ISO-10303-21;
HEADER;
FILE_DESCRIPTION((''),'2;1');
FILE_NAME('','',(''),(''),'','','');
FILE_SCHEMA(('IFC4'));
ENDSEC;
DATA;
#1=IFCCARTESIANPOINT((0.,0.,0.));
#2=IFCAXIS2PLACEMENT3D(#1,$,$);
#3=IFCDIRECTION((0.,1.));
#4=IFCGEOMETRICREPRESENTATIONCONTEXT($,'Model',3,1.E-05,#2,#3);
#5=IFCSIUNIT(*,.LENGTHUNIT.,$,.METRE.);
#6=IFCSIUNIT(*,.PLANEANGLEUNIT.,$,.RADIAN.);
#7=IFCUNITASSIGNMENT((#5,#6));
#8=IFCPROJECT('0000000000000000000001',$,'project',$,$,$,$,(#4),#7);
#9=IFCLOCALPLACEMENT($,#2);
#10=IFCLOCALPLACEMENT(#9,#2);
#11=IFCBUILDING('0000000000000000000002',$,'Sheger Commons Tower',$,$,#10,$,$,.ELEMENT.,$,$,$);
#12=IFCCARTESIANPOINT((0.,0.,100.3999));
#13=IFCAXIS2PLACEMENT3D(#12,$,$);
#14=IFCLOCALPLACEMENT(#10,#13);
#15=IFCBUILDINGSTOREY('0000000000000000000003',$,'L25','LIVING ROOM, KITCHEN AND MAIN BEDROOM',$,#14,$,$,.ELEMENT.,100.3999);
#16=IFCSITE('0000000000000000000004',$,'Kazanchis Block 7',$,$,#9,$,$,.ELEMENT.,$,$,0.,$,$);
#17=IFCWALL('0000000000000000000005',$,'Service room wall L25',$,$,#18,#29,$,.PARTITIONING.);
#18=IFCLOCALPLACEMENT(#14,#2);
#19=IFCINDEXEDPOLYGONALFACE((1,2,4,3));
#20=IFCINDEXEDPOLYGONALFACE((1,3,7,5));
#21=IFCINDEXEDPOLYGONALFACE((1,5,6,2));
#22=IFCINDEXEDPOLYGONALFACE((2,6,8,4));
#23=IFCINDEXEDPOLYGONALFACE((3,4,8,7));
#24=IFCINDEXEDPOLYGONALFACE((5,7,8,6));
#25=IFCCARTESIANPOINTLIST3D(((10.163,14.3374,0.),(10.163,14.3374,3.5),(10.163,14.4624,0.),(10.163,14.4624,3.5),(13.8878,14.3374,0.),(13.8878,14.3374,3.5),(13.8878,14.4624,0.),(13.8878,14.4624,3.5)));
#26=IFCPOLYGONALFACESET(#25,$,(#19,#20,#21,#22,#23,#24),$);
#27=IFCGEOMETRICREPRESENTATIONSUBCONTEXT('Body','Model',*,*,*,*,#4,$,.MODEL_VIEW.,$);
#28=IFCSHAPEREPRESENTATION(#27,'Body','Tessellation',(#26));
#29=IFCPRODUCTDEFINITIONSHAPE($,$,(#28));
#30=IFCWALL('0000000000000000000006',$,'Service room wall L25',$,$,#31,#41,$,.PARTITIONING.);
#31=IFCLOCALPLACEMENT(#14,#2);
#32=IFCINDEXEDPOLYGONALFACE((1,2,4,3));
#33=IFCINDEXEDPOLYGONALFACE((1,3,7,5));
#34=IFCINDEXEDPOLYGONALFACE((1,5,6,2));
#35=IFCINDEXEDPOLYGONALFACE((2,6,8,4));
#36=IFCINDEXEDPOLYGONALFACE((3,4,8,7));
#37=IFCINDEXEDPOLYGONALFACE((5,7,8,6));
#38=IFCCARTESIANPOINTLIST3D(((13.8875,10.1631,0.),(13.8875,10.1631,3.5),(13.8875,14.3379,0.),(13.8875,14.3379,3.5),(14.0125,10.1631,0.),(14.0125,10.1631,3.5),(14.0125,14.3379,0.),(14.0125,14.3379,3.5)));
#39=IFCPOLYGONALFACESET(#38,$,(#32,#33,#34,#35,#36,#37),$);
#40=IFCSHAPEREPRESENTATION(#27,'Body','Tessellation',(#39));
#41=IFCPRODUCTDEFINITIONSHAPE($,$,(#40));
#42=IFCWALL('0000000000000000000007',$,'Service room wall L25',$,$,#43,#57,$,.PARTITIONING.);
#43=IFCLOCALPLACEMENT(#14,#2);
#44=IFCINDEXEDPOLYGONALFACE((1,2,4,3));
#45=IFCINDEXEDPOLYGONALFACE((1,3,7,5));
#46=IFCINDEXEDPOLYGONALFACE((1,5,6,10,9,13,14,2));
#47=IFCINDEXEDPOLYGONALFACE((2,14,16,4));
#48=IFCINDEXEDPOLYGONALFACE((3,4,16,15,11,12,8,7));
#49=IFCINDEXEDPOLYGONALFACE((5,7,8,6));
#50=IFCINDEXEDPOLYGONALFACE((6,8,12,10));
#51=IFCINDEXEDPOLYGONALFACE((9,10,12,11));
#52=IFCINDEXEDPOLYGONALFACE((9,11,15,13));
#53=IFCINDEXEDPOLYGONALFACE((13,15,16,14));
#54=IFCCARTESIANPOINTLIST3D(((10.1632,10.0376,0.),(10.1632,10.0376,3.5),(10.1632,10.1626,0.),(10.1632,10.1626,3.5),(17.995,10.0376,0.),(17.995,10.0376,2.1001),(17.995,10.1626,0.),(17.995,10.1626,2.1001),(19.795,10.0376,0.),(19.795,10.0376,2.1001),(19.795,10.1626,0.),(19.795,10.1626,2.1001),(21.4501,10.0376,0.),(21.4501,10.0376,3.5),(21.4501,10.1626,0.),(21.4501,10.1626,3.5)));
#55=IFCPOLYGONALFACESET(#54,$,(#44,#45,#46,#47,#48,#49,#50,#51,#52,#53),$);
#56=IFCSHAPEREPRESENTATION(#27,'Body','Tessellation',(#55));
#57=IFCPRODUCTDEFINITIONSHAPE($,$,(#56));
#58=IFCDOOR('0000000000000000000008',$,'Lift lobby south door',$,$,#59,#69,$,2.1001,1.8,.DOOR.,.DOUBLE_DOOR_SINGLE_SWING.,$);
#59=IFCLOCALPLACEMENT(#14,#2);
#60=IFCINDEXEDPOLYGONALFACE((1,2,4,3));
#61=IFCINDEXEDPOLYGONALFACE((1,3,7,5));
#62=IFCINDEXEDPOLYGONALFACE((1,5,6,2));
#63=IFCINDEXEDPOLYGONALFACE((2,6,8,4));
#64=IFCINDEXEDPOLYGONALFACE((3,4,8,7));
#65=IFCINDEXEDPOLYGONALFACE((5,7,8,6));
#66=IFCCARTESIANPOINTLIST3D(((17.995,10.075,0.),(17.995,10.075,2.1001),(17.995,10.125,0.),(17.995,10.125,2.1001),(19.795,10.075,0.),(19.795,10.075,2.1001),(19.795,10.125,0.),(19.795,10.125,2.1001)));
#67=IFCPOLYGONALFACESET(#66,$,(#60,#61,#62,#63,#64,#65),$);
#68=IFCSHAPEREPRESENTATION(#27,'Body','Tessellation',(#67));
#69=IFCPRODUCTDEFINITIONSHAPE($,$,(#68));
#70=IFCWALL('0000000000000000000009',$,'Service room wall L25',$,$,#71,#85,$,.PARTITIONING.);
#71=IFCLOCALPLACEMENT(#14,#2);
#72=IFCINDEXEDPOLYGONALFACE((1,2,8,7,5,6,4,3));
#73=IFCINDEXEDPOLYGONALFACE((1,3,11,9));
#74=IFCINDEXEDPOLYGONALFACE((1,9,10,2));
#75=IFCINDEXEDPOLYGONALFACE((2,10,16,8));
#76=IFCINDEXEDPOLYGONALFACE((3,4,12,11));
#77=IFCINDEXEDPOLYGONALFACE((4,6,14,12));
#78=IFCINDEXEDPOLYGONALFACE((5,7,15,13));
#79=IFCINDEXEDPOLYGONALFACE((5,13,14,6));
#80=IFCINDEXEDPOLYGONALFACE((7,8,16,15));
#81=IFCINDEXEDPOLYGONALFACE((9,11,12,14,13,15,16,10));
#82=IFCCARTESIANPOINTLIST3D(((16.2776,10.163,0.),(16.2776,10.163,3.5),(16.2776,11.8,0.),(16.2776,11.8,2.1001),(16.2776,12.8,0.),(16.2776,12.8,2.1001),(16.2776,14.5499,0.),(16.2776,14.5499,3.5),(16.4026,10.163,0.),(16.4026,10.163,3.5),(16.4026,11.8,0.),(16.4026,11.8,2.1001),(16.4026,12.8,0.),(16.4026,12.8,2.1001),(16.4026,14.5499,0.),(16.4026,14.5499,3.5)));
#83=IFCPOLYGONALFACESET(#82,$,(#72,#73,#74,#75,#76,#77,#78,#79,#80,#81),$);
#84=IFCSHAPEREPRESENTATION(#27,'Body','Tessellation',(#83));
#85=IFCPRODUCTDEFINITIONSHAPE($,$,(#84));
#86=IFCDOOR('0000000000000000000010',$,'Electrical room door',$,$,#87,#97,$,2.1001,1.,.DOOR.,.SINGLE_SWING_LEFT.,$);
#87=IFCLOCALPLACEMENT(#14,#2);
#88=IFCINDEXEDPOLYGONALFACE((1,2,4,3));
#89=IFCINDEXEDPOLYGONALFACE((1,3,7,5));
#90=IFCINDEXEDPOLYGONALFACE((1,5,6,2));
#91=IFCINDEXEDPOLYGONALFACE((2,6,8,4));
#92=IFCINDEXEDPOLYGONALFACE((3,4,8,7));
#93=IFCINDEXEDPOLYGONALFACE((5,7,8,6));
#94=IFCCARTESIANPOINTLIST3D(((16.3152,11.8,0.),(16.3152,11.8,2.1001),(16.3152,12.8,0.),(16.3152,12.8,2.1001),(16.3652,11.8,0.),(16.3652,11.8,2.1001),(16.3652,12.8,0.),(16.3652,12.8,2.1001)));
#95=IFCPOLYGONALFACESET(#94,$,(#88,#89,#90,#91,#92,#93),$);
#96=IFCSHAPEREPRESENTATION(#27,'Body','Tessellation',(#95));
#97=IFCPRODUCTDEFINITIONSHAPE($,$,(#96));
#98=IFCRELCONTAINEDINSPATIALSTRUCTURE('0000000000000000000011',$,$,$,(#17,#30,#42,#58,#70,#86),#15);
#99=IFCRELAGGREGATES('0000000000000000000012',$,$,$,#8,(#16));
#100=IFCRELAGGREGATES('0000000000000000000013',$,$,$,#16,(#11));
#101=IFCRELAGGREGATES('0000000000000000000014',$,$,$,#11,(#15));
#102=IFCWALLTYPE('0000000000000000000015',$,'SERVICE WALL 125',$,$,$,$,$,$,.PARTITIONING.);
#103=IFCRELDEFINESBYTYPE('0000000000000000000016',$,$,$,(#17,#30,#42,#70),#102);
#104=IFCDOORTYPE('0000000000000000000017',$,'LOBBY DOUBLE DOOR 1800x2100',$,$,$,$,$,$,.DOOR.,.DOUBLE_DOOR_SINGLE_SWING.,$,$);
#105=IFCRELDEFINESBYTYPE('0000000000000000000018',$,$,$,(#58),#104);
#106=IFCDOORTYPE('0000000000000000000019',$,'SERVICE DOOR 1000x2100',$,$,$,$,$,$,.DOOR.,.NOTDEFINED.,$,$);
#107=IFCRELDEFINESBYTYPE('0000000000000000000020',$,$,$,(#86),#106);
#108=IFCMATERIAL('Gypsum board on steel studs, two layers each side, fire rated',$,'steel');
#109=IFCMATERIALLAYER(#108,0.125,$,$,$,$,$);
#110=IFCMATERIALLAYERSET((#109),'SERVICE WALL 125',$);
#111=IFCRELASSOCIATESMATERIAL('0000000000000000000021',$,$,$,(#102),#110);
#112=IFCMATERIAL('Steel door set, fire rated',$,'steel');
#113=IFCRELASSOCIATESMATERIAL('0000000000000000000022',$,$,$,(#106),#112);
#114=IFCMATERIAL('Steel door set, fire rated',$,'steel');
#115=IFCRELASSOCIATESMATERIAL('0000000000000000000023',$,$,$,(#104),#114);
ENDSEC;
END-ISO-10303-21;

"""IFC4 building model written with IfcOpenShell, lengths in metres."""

from ifc_helpers import new_model, si_unit, direction, frame, frame_2d, origin, place, context, subcontext, project, spatial, rectangle, extrude, material, layer, layer_set, type_object, element, fill, save


model = new_model("IFC4")

# Units and contexts
model_context = context("Model", 3, precision=1e-05, world=origin(), true_north=direction((0.0, 1.0)))
body_context = subcontext(model_context, "Body", "Model", "MODEL_VIEW")
ifc_project = project(units=[si_unit("LENGTHUNIT", "METRE"), si_unit("PLANEANGLEUNIT", "RADIAN")], contexts=[model_context])

# Site, building, storey
site_placement = place(None, origin())
site = spatial("IfcSite", under=ifc_project, at=site_placement, Name="Kazanchis Block 7", CompositionType="ELEMENT", RefElevation=0.0)
building_placement = place(site_placement, origin())
building = spatial("IfcBuilding", under=site, at=building_placement, Name="Sheger Commons Tower", CompositionType="ELEMENT")
storey_placement = place(building_placement, frame((0.0, 0.0, 100.3999)))
storey = spatial("IfcBuildingStorey", under=building, at=storey_placement, Name="L25", Description="LIVING ROOM, KITCHEN AND MAIN BEDROOM", CompositionType="ELEMENT", Elevation=100.3999)

# Shared definitions
ifc_material_1 = material(Name="Gypsum board on steel studs, two layers each side, fire rated", Category="steel")
ifc_layer_1 = layer(ifc_material_1, 0.125)
ifc_layer_set_1 = layer_set([ifc_layer_1], Name="SERVICE WALL 125")
wall_type_1 = type_object("IfcWallType", Name="SERVICE WALL 125", PredefinedType="PARTITIONING", material=ifc_layer_set_1)
ifc_material_2 = material(Name="Steel door set, fire rated", Category="steel")
door_type_1 = type_object("IfcDoorType", Name="SERVICE DOOR 1000x2100", OperationType="NOTDEFINED", PredefinedType="DOOR", material=ifc_material_2)

# Walls
wall_1_placement = place(storey_placement, frame((10.1631, 14.3999, 0.0), z_axis=(0.0, 0.0, 1.0), x_axis=(1.0, 0.0, 0.0)))
element("IfcWall", 1, at=wall_1_placement, inside=storey, type_object=wall_type_1, Name="Service room wall L25", PredefinedType="PARTITIONING", context=body_context, shape_type="SweptSolid", body=[
    extrude(rectangle(XDim=3.7249, YDim=0.125, at=frame_2d((1.8623, 0.0))), origin(), (0.0, 0.0, 1.0), 3.5),
])
wall_2_placement = place(storey_placement, frame((13.95, 10.1631, 0.0), z_axis=(0.0, 0.0, 1.0), x_axis=(0.0, 1.0, 0.0)))
element("IfcWall", 2, at=wall_2_placement, inside=storey, type_object=wall_type_1, Name="Service room wall L25", PredefinedType="PARTITIONING", context=body_context, shape_type="SweptSolid", body=[
    extrude(rectangle(XDim=4.1748, YDim=0.125, at=frame_2d((2.0874, 0.0))), origin(), (0.0, 0.0, 1.0), 3.5),
])

# Walls, openings, doors
wall_3_placement = place(storey_placement, frame((10.1631, 10.1001, 0.0), z_axis=(0.0, 0.0, 1.0), x_axis=(1.0, 0.0, 0.0)))
wall_3 = element("IfcWall", 3, at=wall_3_placement, inside=storey, type_object=wall_type_1, Name="Service room wall L25", PredefinedType="PARTITIONING", context=body_context, shape_type="SweptSolid", body=[
    extrude(rectangle(XDim=11.2869, YDim=0.125, at=frame_2d((5.6436, 0.0))), origin(), (0.0, 0.0, 1.0), 3.5),
])
opening_1_placement = place(wall_3_placement, frame((7.832, 0.0, 0.0)))
opening_1 = element("IfcOpeningElement", 4, at=opening_1_placement, cuts=wall_3, PredefinedType="OPENING", context=body_context, shape_type="SweptSolid", body=[
    extrude(rectangle(XDim=1.8, YDim=2.1001, at=frame_2d((0.8999, 1.05))), frame((0.0, 0.0725, 0.0), z_axis=(0.0, -1.0, 0.0), x_axis=(1.0, 0.0, 0.0)), (0.0, 0.0, 1.0), 0.145),
])
ifc_material_3 = material(Name="Steel door set, fire rated", Category="steel")
door_type_2 = type_object("IfcDoorType", Name="LOBBY DOUBLE DOOR 1800x2100", OperationType="DOUBLE_DOOR_SINGLE_SWING", PredefinedType="DOOR", material=ifc_material_3)
door_1_placement = place(opening_1_placement, origin())
door_1 = element("IfcDoor", 5, at=door_1_placement, inside=storey, type_object=door_type_2, Name="Lift lobby south door", OperationType="DOUBLE_DOOR_SINGLE_SWING", OverallHeight=2.1001, OverallWidth=1.8, PredefinedType="DOOR", context=body_context, shape_type="SweptSolid", body=[
    extrude(rectangle(XDim=1.8, YDim=2.1001, at=frame_2d((0.8999, 1.05))), frame((0.0, 0.0249, 0.0), z_axis=(0.0, -1.0, 0.0), x_axis=(1.0, 0.0, 0.0)), (0.0, 0.0, 1.0), 0.05),
])
fill(opening_1, door_1)
wall_4_placement = place(storey_placement, frame((16.3401, 10.1631, 0.0), z_axis=(0.0, 0.0, 1.0), x_axis=(0.0, 1.0, 0.0)))
wall_4 = element("IfcWall", 6, at=wall_4_placement, inside=storey, type_object=wall_type_1, Name="Service room wall L25", PredefinedType="PARTITIONING", context=body_context, shape_type="SweptSolid", body=[
    extrude(rectangle(XDim=4.387, YDim=0.125, at=frame_2d((2.1934, 0.0))), origin(), (0.0, 0.0, 1.0), 3.5),
])
opening_2_placement = place(wall_4_placement, frame((1.637, 0.0, 0.0)))
opening_2 = element("IfcOpeningElement", 7, at=opening_2_placement, cuts=wall_4, PredefinedType="OPENING", context=body_context, shape_type="SweptSolid", body=[
    extrude(rectangle(XDim=1.0, YDim=2.1001, at=frame_2d((0.5, 1.05))), frame((0.0, 0.0725, 0.0), z_axis=(0.0, -1.0, 0.0), x_axis=(1.0, 0.0, 0.0)), (0.0, 0.0, 1.0), 0.145),
])
door_2_placement = place(opening_2_placement, origin())
door_2 = element("IfcDoor", 8, at=door_2_placement, inside=storey, type_object=door_type_1, Name="Electrical room door", OperationType="SINGLE_SWING_LEFT", OverallHeight=2.1001, OverallWidth=1.0, PredefinedType="DOOR", context=body_context, shape_type="SweptSolid", body=[
    extrude(rectangle(XDim=1.0, YDim=2.1001, at=frame_2d((0.5, 1.05))), frame((0.0, 0.0249, 0.0), z_axis=(0.0, -1.0, 0.0), x_axis=(1.0, 0.0, 0.0)), (0.0, 0.0, 1.0), 0.05),
])
fill(opening_2, door_2)

save(model, "model.ifc")
